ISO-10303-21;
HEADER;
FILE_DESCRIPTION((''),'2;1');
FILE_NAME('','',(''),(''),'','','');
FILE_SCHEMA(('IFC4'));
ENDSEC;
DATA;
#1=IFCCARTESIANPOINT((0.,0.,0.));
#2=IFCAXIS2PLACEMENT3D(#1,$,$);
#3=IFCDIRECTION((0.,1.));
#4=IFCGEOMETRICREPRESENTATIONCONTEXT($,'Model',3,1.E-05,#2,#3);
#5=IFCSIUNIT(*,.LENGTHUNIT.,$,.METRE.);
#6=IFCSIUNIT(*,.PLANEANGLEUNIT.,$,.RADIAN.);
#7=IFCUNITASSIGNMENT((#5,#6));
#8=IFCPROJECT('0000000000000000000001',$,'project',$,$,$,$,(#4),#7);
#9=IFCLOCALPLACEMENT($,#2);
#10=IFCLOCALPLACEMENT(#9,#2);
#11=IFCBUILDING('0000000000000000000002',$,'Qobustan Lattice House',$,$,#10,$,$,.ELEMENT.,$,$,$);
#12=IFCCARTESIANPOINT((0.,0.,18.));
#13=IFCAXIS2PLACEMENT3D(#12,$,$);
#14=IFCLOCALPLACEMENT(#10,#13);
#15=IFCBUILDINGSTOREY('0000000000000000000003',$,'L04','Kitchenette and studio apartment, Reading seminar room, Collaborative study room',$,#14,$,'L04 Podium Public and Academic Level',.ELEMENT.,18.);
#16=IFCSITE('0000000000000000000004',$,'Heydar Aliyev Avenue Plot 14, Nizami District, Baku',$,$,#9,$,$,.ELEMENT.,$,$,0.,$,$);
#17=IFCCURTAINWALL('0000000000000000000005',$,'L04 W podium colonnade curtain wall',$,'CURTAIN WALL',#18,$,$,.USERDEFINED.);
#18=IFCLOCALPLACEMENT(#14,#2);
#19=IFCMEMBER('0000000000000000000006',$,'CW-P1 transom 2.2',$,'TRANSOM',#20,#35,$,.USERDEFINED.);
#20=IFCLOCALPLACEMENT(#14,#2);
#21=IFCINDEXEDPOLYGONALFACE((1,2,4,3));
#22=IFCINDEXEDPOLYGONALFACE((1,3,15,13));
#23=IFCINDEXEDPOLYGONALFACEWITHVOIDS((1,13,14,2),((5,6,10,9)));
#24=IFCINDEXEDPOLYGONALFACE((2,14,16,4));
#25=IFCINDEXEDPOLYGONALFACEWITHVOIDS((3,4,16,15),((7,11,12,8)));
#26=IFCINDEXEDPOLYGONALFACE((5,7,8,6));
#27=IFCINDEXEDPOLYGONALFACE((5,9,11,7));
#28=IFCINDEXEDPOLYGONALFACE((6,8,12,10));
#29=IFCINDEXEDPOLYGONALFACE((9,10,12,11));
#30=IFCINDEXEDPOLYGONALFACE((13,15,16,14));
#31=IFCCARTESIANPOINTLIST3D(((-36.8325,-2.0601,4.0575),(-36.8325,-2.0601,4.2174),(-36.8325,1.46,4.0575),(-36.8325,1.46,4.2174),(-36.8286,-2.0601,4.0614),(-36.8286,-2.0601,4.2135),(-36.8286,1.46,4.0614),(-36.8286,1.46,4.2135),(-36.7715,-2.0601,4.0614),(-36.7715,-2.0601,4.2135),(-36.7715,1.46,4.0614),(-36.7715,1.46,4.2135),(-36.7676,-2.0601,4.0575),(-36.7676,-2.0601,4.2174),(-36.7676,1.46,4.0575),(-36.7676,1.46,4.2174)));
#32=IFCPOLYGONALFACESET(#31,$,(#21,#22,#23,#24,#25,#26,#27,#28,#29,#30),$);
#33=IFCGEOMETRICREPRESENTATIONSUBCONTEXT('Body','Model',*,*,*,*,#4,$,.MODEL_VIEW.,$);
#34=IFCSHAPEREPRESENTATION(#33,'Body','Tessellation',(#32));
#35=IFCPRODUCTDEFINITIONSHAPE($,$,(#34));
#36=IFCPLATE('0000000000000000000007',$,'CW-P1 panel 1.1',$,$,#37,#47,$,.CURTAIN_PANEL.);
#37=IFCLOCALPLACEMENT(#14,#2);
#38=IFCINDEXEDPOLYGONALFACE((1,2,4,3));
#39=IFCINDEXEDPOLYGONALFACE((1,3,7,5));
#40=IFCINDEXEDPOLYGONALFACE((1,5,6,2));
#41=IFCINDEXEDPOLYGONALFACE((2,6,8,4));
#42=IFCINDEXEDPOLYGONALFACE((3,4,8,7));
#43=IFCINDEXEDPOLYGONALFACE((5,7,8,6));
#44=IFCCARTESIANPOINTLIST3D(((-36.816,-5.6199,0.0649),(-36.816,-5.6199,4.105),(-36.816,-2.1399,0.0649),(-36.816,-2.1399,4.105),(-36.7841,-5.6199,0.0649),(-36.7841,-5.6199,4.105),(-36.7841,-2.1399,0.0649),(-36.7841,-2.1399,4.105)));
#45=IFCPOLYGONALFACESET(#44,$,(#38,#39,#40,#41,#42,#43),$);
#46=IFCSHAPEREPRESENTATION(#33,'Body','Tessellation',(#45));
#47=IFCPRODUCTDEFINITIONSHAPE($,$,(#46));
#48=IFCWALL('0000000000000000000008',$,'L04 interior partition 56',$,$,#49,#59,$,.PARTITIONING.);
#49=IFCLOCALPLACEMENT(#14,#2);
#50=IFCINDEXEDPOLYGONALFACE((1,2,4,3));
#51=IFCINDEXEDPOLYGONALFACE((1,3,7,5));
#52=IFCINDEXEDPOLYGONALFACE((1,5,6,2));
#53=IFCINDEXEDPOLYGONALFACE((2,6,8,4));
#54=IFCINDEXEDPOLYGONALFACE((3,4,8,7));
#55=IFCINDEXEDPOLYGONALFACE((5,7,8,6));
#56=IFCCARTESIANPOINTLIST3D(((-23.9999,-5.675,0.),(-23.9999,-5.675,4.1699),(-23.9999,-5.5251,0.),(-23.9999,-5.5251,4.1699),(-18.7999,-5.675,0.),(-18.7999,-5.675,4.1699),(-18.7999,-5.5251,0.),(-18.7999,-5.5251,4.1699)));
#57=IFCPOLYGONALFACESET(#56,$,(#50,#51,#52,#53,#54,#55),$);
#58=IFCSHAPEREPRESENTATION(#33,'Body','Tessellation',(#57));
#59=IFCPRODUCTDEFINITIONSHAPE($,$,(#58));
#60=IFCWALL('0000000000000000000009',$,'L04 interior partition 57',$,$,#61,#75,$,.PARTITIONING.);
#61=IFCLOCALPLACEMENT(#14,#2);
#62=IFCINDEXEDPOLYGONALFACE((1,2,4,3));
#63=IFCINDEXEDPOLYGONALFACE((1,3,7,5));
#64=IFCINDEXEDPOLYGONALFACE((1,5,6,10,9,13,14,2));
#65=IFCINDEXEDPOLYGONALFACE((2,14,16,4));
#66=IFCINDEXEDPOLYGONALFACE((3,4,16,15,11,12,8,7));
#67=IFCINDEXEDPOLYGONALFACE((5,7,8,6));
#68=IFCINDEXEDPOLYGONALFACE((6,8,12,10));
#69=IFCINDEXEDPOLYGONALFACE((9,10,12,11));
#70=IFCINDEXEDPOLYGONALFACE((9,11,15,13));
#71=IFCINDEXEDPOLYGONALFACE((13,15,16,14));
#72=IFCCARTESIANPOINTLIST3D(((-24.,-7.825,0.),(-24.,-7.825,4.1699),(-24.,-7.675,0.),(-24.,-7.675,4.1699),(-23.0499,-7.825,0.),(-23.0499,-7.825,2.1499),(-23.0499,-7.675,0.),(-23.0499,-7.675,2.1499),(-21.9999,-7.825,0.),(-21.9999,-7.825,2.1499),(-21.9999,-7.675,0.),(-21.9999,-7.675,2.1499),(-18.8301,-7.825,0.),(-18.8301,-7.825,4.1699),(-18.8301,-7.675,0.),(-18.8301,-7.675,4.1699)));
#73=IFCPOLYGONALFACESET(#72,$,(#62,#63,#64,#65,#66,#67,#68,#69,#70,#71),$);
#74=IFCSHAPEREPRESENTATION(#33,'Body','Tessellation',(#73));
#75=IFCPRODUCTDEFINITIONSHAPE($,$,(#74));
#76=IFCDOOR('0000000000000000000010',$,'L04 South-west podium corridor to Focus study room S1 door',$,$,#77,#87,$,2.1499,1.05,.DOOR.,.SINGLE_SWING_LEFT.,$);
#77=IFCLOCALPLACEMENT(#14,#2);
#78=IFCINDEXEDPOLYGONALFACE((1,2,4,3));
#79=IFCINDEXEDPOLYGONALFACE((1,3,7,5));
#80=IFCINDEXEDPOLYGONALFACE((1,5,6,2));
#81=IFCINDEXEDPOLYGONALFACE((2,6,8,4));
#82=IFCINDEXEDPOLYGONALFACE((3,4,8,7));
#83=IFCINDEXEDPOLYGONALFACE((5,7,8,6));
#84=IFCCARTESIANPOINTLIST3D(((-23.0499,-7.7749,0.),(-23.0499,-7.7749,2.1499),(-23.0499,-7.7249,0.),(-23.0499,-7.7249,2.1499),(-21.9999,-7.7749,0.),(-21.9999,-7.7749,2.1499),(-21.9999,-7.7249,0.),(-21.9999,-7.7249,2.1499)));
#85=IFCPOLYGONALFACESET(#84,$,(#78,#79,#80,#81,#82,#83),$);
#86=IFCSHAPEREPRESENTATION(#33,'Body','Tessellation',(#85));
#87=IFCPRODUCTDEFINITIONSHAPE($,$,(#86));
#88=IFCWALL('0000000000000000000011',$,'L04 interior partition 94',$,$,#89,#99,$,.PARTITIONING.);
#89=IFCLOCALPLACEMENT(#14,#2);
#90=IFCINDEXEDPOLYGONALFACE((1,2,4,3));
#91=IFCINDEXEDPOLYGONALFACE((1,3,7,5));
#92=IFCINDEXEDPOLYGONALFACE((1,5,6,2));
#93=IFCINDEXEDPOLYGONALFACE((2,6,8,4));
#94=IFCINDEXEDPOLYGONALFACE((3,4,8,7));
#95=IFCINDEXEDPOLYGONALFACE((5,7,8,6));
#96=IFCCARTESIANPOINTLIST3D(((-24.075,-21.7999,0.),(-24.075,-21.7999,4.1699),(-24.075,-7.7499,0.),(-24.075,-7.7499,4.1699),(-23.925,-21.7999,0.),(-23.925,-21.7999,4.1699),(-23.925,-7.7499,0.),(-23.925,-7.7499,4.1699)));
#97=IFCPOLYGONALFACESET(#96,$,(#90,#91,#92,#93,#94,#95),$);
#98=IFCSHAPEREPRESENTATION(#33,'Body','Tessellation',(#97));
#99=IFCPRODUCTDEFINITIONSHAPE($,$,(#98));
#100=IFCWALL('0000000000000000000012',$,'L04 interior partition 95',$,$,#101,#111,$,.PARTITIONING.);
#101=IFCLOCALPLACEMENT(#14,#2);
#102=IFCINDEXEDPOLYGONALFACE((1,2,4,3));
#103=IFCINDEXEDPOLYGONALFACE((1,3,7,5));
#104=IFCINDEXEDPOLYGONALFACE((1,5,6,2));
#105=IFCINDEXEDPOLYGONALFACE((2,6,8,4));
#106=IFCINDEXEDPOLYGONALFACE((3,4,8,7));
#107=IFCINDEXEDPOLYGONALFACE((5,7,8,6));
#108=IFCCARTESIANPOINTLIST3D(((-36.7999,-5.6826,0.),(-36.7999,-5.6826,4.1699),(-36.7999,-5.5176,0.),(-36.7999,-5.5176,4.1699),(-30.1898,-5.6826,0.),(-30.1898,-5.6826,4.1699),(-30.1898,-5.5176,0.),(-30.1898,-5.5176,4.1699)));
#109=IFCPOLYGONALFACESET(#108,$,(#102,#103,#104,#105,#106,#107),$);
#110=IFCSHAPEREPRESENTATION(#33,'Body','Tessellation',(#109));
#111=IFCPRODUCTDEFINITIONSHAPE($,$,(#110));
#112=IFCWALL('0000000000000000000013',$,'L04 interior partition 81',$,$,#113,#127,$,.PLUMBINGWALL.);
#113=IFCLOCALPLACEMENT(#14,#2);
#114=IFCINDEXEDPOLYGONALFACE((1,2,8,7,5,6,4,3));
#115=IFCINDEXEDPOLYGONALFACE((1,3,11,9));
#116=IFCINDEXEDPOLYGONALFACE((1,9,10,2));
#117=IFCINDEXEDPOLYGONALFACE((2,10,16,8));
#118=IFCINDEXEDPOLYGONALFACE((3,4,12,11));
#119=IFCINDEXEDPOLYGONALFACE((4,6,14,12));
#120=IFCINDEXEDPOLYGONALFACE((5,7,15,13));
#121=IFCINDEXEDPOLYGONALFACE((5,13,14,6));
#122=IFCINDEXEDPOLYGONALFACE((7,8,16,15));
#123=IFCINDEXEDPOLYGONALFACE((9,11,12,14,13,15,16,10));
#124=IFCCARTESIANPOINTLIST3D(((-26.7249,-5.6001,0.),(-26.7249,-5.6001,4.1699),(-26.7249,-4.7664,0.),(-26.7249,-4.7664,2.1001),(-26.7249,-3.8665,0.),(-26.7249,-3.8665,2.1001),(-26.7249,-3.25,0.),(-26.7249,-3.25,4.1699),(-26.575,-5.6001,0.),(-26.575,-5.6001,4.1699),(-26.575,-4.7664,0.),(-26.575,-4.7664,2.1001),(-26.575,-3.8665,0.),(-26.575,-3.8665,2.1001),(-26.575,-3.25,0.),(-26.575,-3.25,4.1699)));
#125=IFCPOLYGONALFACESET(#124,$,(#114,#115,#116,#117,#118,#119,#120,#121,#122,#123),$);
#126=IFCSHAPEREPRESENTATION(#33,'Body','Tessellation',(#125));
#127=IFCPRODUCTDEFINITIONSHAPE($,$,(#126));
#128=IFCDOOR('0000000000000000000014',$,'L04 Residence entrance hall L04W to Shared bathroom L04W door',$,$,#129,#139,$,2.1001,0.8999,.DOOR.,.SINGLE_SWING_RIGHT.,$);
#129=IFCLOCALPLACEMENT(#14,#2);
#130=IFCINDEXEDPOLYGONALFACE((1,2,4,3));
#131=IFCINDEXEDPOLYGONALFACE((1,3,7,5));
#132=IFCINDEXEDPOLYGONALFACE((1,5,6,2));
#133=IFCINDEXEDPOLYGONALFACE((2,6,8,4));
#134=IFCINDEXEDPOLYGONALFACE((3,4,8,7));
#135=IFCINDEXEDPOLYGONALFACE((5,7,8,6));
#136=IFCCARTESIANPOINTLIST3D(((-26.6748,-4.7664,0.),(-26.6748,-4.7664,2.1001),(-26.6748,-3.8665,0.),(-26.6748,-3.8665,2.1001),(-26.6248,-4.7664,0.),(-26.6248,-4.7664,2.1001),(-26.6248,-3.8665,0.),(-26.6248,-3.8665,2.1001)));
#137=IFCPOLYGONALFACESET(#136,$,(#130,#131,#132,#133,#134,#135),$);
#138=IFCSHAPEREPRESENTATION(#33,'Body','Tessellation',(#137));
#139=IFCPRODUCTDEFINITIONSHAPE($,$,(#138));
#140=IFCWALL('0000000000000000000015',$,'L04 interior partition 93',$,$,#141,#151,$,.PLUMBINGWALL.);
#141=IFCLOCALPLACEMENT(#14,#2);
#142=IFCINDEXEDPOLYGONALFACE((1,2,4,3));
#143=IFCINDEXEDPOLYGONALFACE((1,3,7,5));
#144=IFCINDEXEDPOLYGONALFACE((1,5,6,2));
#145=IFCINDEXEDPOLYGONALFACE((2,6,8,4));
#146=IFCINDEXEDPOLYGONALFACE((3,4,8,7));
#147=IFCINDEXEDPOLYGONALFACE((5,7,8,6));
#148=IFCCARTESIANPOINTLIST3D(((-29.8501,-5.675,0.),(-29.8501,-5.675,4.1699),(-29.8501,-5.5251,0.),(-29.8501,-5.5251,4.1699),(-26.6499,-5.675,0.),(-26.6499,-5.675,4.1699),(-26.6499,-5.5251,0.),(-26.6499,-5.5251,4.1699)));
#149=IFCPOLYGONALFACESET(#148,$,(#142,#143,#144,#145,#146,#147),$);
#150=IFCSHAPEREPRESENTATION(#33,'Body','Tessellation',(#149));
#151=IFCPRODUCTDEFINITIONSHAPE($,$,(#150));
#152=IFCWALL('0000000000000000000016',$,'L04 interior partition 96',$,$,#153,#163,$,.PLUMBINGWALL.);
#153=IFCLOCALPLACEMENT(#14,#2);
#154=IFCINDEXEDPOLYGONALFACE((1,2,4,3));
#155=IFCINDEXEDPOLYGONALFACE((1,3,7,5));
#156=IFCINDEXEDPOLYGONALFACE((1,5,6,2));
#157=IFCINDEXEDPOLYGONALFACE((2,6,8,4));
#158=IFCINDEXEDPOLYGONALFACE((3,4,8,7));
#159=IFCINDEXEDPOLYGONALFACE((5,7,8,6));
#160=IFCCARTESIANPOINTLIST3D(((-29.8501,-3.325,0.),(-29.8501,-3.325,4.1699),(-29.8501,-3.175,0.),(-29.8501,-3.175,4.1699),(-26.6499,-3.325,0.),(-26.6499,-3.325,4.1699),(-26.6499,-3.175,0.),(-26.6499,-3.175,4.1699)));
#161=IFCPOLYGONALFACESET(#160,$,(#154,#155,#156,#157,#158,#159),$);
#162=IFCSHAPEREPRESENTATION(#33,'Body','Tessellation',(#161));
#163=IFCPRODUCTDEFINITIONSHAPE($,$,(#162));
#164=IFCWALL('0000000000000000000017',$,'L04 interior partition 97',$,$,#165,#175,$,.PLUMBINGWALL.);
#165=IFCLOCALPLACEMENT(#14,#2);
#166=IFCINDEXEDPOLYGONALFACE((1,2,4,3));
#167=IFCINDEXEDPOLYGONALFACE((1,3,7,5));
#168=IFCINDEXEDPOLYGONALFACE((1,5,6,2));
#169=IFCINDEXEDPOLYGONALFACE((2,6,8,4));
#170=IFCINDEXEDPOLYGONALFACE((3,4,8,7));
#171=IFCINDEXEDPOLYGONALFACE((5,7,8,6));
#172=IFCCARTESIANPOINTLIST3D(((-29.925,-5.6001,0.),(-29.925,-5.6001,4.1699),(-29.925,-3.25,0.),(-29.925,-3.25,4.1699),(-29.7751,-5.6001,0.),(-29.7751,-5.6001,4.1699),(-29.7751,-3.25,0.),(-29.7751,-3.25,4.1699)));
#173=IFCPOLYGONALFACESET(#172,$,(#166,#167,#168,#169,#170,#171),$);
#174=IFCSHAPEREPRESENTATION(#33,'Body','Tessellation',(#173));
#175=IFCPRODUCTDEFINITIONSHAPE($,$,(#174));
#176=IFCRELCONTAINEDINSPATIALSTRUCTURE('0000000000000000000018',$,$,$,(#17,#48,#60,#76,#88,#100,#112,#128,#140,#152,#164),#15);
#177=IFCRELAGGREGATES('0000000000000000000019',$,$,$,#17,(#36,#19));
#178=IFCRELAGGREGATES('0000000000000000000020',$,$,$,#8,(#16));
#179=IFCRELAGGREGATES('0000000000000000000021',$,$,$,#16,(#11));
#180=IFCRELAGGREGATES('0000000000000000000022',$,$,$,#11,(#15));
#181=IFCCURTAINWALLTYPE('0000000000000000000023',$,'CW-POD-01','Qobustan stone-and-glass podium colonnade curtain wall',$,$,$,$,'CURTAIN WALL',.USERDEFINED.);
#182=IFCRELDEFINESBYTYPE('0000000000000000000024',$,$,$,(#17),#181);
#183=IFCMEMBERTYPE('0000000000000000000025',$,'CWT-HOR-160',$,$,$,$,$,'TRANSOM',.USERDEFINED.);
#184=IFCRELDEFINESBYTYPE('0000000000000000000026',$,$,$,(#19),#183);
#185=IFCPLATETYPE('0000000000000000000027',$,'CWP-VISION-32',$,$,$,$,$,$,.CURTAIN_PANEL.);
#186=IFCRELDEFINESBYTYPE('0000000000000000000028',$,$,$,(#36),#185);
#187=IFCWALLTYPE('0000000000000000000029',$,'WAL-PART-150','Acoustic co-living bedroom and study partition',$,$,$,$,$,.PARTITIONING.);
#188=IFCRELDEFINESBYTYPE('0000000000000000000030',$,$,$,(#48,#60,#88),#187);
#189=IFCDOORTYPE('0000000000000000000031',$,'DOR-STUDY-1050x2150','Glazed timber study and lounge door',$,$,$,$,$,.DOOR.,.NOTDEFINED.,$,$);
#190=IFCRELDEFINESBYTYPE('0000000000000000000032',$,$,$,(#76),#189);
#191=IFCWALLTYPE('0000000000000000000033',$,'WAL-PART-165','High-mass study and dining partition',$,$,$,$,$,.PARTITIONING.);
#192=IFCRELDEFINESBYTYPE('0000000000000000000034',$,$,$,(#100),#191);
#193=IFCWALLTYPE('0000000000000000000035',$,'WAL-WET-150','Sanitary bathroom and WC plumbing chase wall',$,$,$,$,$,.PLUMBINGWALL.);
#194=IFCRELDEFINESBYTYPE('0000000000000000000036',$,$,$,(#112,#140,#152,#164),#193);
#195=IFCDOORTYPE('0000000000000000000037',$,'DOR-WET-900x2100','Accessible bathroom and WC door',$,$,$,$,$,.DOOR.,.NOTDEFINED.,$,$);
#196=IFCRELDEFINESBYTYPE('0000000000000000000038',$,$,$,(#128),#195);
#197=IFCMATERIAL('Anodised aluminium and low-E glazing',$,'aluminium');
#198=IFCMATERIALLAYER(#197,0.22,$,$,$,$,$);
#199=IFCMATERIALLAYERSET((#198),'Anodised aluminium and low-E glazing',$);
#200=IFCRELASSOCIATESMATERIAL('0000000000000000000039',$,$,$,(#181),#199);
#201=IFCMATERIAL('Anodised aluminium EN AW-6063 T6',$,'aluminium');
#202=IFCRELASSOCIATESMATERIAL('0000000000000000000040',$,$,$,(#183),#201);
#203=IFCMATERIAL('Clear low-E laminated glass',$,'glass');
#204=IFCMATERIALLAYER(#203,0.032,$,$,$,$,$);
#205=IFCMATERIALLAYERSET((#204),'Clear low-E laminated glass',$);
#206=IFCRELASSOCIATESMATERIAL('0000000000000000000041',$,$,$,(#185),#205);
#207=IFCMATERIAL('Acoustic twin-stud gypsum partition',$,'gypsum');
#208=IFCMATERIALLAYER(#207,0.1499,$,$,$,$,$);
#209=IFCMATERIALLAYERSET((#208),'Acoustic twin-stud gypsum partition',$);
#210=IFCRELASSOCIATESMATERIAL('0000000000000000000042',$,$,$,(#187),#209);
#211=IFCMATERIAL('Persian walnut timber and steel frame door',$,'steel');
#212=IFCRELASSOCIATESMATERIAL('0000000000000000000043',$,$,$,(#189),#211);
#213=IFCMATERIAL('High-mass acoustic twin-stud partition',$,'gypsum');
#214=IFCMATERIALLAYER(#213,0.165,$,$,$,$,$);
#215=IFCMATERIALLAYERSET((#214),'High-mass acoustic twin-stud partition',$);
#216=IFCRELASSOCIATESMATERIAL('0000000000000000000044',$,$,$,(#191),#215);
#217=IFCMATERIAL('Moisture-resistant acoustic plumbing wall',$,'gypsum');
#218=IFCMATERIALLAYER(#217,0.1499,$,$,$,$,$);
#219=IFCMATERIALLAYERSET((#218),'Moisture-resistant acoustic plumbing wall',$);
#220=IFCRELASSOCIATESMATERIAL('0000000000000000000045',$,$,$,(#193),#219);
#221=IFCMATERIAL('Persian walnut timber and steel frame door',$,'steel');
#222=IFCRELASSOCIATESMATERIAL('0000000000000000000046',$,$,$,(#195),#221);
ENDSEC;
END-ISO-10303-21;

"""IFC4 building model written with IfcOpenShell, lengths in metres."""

from ifc_helpers import new_model, si_unit, direction, frame, frame_2d, origin, origin_2d, place, context, subcontext, project, spatial, rectangle, hollow_rectangle, extrude, material, layer, layer_set, material_profile, profile_set, type_object, element, fill, aggregate, save


model = new_model("IFC4")

# Units and contexts
model_context = context("Model", 3, precision=1e-05, world=origin(), true_north=direction((0.0, 1.0)))
body_context = subcontext(model_context, "Body", "Model", "MODEL_VIEW")
ifc_project = project(units=[si_unit("LENGTHUNIT", "METRE"), si_unit("PLANEANGLEUNIT", "RADIAN")], contexts=[model_context])

# Site, building, storey
site_placement = place(None, origin())
site = spatial("IfcSite", under=ifc_project, at=site_placement, Name="Heydar Aliyev Avenue Plot 14, Nizami District, Baku", CompositionType="ELEMENT", RefElevation=0.0)
building_placement = place(site_placement, origin())
building = spatial("IfcBuilding", under=site, at=building_placement, Name="Qobustan Lattice House", CompositionType="ELEMENT")
storey_placement = place(building_placement, frame((0.0, 0.0, 18.0)))
storey = spatial("IfcBuildingStorey", under=building, at=storey_placement, Name="L04", Description="Kitchenette and studio apartment, Reading seminar room, Collaborative study room", LongName="L04 Podium Public and Academic Level", CompositionType="ELEMENT", Elevation=18.0)

# Curtain wall, member, plate
ifc_material_1 = material(Name="Anodised aluminium and low-E glazing", Category="aluminium")
ifc_layer_1 = layer(ifc_material_1, 0.22)
ifc_layer_set_1 = layer_set([ifc_layer_1], Name="Anodised aluminium and low-E glazing")
curtain_wall_type = type_object("IfcCurtainWallType", Name="CW-POD-01", Description="Qobustan stone-and-glass podium colonnade curtain wall", ElementType="CURTAIN WALL", PredefinedType="USERDEFINED", material=ifc_layer_set_1)
curtain_wall_placement = place(storey_placement, origin())
curtain_wall = element("IfcCurtainWall", 1, at=curtain_wall_placement, inside=storey, type_object=curtain_wall_type, Name="L04 W podium colonnade curtain wall", ObjectType="CURTAIN WALL", PredefinedType="USERDEFINED")
ifc_material_2 = material(Name="Anodised aluminium EN AW-6063 T6", Category="aluminium")
ifc_material_profile_1 = material_profile(ifc_material_2, hollow_rectangle(XDim=0.0649, YDim=0.1599, WallThickness=0.0039, at=origin_2d()), Name="CWT-160x65")
ifc_profile_set_1 = profile_set([ifc_material_profile_1], Name="Anodised aluminium EN AW-6063 T6")
member_type_1 = type_object("IfcMemberType", Name="CWT-HOR-160", ElementType="TRANSOM", PredefinedType="USERDEFINED", material=ifc_profile_set_1)
member_1_placement = place(storey_placement, frame((-36.8, -2.0601, 4.1375), z_axis=(0.0, 1.0, 0.0), x_axis=(-1.0, 0.0, 0.0)))
member_1 = element("IfcMember", 2, at=member_1_placement, type_object=member_type_1, Name="CW-P1 transom 2.2", ObjectType="TRANSOM", PredefinedType="USERDEFINED", context=body_context, shape_type="SweptSolid", body=[
    extrude(hollow_rectangle(XDim=0.0649, YDim=0.1599, WallThickness=0.0039, at=origin_2d()), origin(), (0.0, 0.0, 1.0), 3.52),
])
ifc_material_3 = material(Name="Clear low-E laminated glass", Category="glass")
ifc_layer_2 = layer(ifc_material_3, 0.032)
ifc_layer_set_2 = layer_set([ifc_layer_2], Name="Clear low-E laminated glass")
plate_type = type_object("IfcPlateType", Name="CWP-VISION-32", PredefinedType="CURTAIN_PANEL", material=ifc_layer_set_2)
plate_placement = place(storey_placement, frame((-36.8, -3.8799, 0.0649), z_axis=(0.0, 0.0, 1.0), x_axis=(0.0, 1.0, 0.0)))
plate = element("IfcPlate", 3, at=plate_placement, type_object=plate_type, Name="CW-P1 panel 1.1", PredefinedType="CURTAIN_PANEL", context=body_context, shape_type="SweptSolid", body=[
    extrude(rectangle(XDim=3.48, YDim=0.032, at=origin_2d()), origin(), (0.0, 0.0, 1.0), 4.04),
])
aggregate(curtain_wall, [plate, member_1])

# Wall
ifc_material_4 = material(Name="Acoustic twin-stud gypsum partition", Category="gypsum")
ifc_layer_3 = layer(ifc_material_4, 0.1499)
ifc_layer_set_3 = layer_set([ifc_layer_3], Name="Acoustic twin-stud gypsum partition")
wall_type_1 = type_object("IfcWallType", Name="WAL-PART-150", Description="Acoustic co-living bedroom and study partition", PredefinedType="PARTITIONING", material=ifc_layer_set_3)
wall_1_placement = place(storey_placement, frame((-24.0, -5.6001, 0.0), z_axis=(0.0, 0.0, 1.0), x_axis=(1.0, 0.0, 0.0)))
element("IfcWall", 4, at=wall_1_placement, inside=storey, type_object=wall_type_1, Name="L04 interior partition 56", PredefinedType="PARTITIONING", context=body_context, shape_type="SweptSolid", body=[
    extrude(rectangle(XDim=5.2, YDim=0.1499, at=frame_2d((2.6001, 0.0))), origin(), (0.0, 0.0, 1.0), 4.1699),
])

# Wall, opening, door
wall_2_placement = place(storey_placement, frame((-18.8301, -7.75, 0.0), z_axis=(0.0, 0.0, 1.0), x_axis=(-1.0, 0.0, 0.0)))
wall_2 = element("IfcWall", 5, at=wall_2_placement, inside=storey, type_object=wall_type_1, Name="L04 interior partition 57", PredefinedType="PARTITIONING", context=body_context, shape_type="SweptSolid", body=[
    extrude(rectangle(XDim=5.1699, YDim=0.1499, at=frame_2d((2.585, 0.0))), origin(), (0.0, 0.0, 1.0), 4.1699),
])
opening_1_placement = place(wall_2_placement, frame((3.1699, 0.0, 0.0)))
opening_1 = element("IfcOpeningElement", 6, at=opening_1_placement, cuts=wall_2, PredefinedType="OPENING", context=body_context, shape_type="SweptSolid", body=[
    extrude(rectangle(XDim=1.05, YDim=2.1499, at=frame_2d((0.5249, 1.075))), frame((0.0, 0.085, 0.0), z_axis=(0.0, -1.0, 0.0), x_axis=(1.0, 0.0, 0.0)), (0.0, 0.0, 1.0), 0.1699),
])
ifc_material_5 = material(Name="Persian walnut timber and steel frame door", Category="steel")
door_type_1 = type_object("IfcDoorType", Name="DOR-STUDY-1050x2150", Description="Glazed timber study and lounge door", OperationType="NOTDEFINED", PredefinedType="DOOR", material=ifc_material_5)
door_1_placement = place(opening_1_placement, origin())
door_1 = element("IfcDoor", 7, at=door_1_placement, inside=storey, type_object=door_type_1, Name="L04 South-west podium corridor to Focus study room S1 door", OperationType="SINGLE_SWING_LEFT", OverallHeight=2.1499, OverallWidth=1.05, PredefinedType="DOOR", context=body_context, shape_type="SweptSolid", body=[
    extrude(rectangle(XDim=1.05, YDim=2.1499, at=frame_2d((0.5249, 1.075))), frame((0.0, 0.0249, 0.0), z_axis=(0.0, -1.0, 0.0), x_axis=(1.0, 0.0, 0.0)), (0.0, 0.0, 1.0), 0.05),
])
fill(opening_1, door_1)

# Wall
wall_3_placement = place(storey_placement, frame((-24.0, -7.75, 0.0), z_axis=(0.0, 0.0, 1.0), x_axis=(0.0, -1.0, 0.0)))
element("IfcWall", 8, at=wall_3_placement, inside=storey, type_object=wall_type_1, Name="L04 interior partition 94", PredefinedType="PARTITIONING", context=body_context, shape_type="SweptSolid", body=[
    extrude(rectangle(XDim=14.05, YDim=0.1499, at=frame_2d((7.0249, 0.0))), origin(), (0.0, 0.0, 1.0), 4.1699),
])

# Shared definitions
ifc_material_6 = material(Name="High-mass acoustic twin-stud partition", Category="gypsum")
ifc_layer_4 = layer(ifc_material_6, 0.165)
ifc_layer_set_4 = layer_set([ifc_layer_4], Name="High-mass acoustic twin-stud partition")
wall_type_2 = type_object("IfcWallType", Name="WAL-PART-165", Description="High-mass study and dining partition", PredefinedType="PARTITIONING", material=ifc_layer_set_4)

# Wall
wall_4_placement = place(storey_placement, frame((-36.8, -5.6001, 0.0), z_axis=(0.0, 0.0, 1.0), x_axis=(1.0, 0.0, 0.0)))
element("IfcWall", 9, at=wall_4_placement, inside=storey, type_object=wall_type_2, Name="L04 interior partition 95", PredefinedType="PARTITIONING", context=body_context, shape_type="SweptSolid", body=[
    extrude(rectangle(XDim=6.6101, YDim=0.165, at=frame_2d((3.3052, 0.0))), origin(), (0.0, 0.0, 1.0), 4.1699),
])

# Wall, opening, door
ifc_material_7 = material(Name="Moisture-resistant acoustic plumbing wall", Category="gypsum")
ifc_layer_5 = layer(ifc_material_7, 0.1499)
ifc_layer_set_5 = layer_set([ifc_layer_5], Name="Moisture-resistant acoustic plumbing wall")
wall_type_3 = type_object("IfcWallType", Name="WAL-WET-150", Description="Sanitary bathroom and WC plumbing chase wall", PredefinedType="PLUMBINGWALL", material=ifc_layer_set_5)
wall_5_placement = place(storey_placement, frame((-26.6499, -5.6001, 0.0), z_axis=(0.0, 0.0, 1.0), x_axis=(0.0, 1.0, 0.0)))
wall_5 = element("IfcWall", 10, at=wall_5_placement, inside=storey, type_object=wall_type_3, Name="L04 interior partition 81", PredefinedType="PLUMBINGWALL", context=body_context, shape_type="SweptSolid", body=[
    extrude(rectangle(XDim=2.3501, YDim=0.1499, at=frame_2d((1.175, 0.0))), origin(), (0.0, 0.0, 1.0), 4.1699),
])
opening_2_placement = place(wall_5_placement, frame((0.8337, 0.0, 0.0)))
opening_2 = element("IfcOpeningElement", 11, at=opening_2_placement, cuts=wall_5, PredefinedType="OPENING", context=body_context, shape_type="SweptSolid", body=[
    extrude(rectangle(XDim=0.8999, YDim=2.1001, at=frame_2d((0.45, 1.05))), frame((0.0, 0.085, 0.0), z_axis=(0.0, -1.0, 0.0), x_axis=(1.0, 0.0, 0.0)), (0.0, 0.0, 1.0), 0.1699),
])
ifc_material_8 = material(Name="Persian walnut timber and steel frame door", Category="steel")
door_type_2 = type_object("IfcDoorType", Name="DOR-WET-900x2100", Description="Accessible bathroom and WC door", OperationType="NOTDEFINED", PredefinedType="DOOR", material=ifc_material_8)
door_2_placement = place(opening_2_placement, origin())
door_2 = element("IfcDoor", 12, at=door_2_placement, inside=storey, type_object=door_type_2, Name="L04 Residence entrance hall L04W to Shared bathroom L04W door", OperationType="SINGLE_SWING_RIGHT", OverallHeight=2.1001, OverallWidth=0.8999, PredefinedType="DOOR", context=body_context, shape_type="SweptSolid", body=[
    extrude(rectangle(XDim=0.8999, YDim=2.1001, at=frame_2d((0.45, 1.05))), frame((0.0, 0.0249, 0.0), z_axis=(0.0, -1.0, 0.0), x_axis=(1.0, 0.0, 0.0)), (0.0, 0.0, 1.0), 0.05),
])
fill(opening_2, door_2)

# Walls
for number, where, z_axis, x_axis, name in (
    (13, (-29.8501, -5.6001, 0.0), (0.0, 0.0, 1.0), (1.0, 0.0, 0.0), "L04 interior partition 93"),
    (14, (-29.8501, -3.25, 0.0), (0.0, 0.0, 1.0), (1.0, 0.0, 0.0), "L04 interior partition 96"),
):
    element("IfcWall", number, at=place(storey_placement, frame(where, z_axis=z_axis, x_axis=x_axis)), inside=storey, type_object=wall_type_3, Name=name, PredefinedType="PLUMBINGWALL", context=body_context, shape_type="SweptSolid", body=[
        extrude(rectangle(XDim=3.2002, YDim=0.1499, at=frame_2d((1.6001, 0.0))), origin(), (0.0, 0.0, 1.0), 4.1699),
    ])
wall_6_placement = place(storey_placement, frame((-29.8501, -5.6001, 0.0), z_axis=(0.0, 0.0, 1.0), x_axis=(0.0, 1.0, 0.0)))
element("IfcWall", 15, at=wall_6_placement, inside=storey, type_object=wall_type_3, Name="L04 interior partition 97", PredefinedType="PLUMBINGWALL", context=body_context, shape_type="SweptSolid", body=[
    extrude(rectangle(XDim=2.3501, YDim=0.1499, at=frame_2d((1.175, 0.0))), origin(), (0.0, 0.0, 1.0), 4.1699),
])

save(model, "model.ifc")
